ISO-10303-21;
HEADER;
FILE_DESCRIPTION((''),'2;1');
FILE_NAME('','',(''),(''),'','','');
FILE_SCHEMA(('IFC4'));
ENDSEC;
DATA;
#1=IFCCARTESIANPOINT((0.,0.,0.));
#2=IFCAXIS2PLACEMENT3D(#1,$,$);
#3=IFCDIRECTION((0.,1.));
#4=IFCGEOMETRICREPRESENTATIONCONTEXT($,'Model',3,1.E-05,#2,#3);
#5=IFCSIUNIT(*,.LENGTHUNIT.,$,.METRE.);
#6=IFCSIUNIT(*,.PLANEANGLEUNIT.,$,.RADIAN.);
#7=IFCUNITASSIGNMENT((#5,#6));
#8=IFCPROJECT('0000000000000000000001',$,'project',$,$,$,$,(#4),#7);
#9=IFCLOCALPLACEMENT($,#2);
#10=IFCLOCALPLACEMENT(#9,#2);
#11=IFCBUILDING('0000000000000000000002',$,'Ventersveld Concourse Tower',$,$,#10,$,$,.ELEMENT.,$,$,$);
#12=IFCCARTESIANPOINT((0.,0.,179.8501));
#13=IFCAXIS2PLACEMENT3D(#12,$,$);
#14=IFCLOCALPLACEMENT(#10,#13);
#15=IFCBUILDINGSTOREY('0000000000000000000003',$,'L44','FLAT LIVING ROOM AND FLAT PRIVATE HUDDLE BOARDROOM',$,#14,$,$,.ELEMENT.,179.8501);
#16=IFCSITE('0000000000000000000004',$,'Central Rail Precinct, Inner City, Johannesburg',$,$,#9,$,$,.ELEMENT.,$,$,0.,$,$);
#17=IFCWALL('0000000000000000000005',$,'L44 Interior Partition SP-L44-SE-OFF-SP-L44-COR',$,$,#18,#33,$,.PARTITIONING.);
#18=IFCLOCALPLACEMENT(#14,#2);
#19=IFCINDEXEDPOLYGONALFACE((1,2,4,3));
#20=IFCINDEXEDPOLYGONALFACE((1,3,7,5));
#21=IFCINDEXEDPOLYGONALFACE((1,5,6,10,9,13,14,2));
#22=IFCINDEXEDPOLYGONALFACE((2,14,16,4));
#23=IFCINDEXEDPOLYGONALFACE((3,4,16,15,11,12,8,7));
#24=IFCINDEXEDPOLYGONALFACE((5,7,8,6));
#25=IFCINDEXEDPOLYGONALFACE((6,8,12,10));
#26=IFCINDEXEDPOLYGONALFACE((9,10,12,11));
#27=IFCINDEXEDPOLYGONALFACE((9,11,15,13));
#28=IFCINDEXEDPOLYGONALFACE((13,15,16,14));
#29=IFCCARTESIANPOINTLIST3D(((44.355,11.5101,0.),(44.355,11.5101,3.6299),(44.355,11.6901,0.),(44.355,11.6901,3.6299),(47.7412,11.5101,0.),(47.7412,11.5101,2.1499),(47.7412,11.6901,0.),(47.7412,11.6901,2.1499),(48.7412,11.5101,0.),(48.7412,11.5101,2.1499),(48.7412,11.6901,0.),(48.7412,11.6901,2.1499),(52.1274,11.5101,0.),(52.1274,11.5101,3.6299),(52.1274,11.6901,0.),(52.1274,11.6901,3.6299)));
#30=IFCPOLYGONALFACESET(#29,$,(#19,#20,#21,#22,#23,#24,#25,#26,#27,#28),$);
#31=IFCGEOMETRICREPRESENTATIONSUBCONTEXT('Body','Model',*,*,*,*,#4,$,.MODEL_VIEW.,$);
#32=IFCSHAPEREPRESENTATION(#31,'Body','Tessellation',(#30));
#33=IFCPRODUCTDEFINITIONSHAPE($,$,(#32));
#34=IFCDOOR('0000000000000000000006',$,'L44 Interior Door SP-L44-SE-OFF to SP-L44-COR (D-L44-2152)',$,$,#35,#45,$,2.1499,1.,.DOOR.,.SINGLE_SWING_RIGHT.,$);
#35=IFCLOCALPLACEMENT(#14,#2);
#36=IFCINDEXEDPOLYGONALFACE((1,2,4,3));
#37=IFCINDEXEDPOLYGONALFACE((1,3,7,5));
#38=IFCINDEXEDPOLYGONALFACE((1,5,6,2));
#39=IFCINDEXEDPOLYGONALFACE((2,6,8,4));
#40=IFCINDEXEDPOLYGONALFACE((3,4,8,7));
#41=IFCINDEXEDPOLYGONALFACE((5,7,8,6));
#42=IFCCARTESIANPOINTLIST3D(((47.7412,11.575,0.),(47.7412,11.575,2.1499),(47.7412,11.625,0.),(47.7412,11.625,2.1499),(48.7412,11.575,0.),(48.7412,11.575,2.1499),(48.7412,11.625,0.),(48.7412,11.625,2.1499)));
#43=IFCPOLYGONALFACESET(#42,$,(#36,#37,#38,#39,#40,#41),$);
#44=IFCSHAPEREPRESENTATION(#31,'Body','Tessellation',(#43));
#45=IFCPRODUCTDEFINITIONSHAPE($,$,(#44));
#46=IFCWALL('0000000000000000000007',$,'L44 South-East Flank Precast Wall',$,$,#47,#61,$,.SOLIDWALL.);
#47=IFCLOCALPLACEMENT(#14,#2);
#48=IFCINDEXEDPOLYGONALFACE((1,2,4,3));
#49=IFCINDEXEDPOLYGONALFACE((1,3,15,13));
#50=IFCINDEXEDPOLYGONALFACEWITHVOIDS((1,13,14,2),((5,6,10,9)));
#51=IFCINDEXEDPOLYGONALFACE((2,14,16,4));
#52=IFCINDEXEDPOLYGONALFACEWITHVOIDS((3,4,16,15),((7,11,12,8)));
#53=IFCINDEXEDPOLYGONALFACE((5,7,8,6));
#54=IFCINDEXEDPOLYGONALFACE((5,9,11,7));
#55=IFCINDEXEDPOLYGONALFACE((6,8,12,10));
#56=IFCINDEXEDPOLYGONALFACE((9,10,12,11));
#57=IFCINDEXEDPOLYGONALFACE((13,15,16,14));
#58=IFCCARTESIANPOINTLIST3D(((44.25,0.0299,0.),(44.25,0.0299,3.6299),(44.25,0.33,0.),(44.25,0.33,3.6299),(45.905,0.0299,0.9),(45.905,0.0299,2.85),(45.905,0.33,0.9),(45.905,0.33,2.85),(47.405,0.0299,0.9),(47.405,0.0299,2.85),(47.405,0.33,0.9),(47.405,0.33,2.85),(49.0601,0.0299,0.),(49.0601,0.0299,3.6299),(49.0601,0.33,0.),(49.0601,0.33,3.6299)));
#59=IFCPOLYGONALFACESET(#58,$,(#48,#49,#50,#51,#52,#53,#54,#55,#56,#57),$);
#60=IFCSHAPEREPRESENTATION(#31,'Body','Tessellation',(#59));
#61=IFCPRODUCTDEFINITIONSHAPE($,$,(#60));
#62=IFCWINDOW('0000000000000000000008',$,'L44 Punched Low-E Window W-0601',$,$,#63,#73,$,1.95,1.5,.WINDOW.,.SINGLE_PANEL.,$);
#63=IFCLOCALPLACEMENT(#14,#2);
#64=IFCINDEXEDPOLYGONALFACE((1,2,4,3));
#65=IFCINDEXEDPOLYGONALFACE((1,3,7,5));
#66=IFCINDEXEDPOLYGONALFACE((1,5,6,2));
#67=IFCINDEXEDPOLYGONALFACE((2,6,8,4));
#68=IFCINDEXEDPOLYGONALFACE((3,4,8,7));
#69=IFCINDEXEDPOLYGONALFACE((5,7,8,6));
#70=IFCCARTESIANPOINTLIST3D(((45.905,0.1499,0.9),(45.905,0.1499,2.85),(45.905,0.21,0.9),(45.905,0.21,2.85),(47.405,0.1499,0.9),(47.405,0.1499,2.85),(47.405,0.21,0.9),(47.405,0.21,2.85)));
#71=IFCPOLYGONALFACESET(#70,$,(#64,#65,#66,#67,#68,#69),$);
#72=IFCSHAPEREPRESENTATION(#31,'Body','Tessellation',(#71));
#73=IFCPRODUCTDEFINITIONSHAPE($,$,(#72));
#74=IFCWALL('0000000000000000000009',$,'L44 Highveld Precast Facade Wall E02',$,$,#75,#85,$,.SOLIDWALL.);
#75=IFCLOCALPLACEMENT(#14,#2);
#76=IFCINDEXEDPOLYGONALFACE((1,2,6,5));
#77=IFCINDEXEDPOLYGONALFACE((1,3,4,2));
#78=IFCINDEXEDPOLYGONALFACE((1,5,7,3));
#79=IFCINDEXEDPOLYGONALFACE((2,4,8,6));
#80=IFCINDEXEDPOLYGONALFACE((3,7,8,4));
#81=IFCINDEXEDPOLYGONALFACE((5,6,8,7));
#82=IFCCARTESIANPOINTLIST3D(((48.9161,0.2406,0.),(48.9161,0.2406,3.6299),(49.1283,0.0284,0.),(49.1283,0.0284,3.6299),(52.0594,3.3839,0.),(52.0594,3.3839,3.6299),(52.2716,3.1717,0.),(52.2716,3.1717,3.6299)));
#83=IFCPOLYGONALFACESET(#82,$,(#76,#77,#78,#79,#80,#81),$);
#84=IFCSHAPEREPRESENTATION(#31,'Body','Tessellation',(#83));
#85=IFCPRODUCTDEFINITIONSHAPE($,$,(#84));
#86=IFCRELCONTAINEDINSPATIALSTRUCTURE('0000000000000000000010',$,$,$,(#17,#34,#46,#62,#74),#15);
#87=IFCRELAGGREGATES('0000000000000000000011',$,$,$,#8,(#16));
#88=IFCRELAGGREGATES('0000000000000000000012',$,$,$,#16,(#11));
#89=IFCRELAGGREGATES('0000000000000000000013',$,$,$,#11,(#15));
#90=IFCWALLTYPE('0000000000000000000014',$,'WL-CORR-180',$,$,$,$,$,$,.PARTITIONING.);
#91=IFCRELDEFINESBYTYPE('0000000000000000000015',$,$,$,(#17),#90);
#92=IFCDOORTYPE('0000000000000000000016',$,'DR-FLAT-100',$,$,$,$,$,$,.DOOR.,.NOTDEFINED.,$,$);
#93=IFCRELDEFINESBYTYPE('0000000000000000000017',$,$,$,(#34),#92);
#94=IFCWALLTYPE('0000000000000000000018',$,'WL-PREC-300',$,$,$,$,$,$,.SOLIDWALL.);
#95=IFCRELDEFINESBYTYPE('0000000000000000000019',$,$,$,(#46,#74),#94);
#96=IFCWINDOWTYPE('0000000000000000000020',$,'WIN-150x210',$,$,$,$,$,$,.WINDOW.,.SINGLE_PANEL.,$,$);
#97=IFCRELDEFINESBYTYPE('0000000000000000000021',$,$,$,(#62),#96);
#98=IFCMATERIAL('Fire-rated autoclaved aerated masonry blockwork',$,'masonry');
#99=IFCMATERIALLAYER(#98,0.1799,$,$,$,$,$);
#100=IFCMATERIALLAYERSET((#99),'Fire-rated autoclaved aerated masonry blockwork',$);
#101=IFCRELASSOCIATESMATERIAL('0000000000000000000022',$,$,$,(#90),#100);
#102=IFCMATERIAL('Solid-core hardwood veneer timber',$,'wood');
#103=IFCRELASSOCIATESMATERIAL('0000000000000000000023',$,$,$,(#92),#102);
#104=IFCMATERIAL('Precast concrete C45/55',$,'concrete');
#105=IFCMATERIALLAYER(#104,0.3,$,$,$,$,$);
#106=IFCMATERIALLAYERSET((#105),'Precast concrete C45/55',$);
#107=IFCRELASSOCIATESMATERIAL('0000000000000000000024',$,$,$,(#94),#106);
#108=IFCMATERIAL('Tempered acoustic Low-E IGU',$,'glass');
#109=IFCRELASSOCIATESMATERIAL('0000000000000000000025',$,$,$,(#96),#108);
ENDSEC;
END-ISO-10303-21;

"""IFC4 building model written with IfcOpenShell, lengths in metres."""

from ifc_helpers import new_model, si_unit, direction, frame, frame_2d, origin, place, context, subcontext, project, spatial, rectangle, extrude, material, layer, layer_set, type_object, element, fill, save


model = new_model("IFC4")

# Units and contexts
model_context = context("Model", 3, precision=1e-05, world=origin(), true_north=direction((0.0, 1.0)))
body_context = subcontext(model_context, "Body", "Model", "MODEL_VIEW")
ifc_project = project(units=[si_unit("LENGTHUNIT", "METRE"), si_unit("PLANEANGLEUNIT", "RADIAN")], contexts=[model_context])

# Site, building, storey
site_placement = place(None, origin())
site = spatial("IfcSite", under=ifc_project, at=site_placement, Name="Central Rail Precinct, Inner City, Johannesburg", CompositionType="ELEMENT", RefElevation=0.0)
building_placement = place(site_placement, origin())
building = spatial("IfcBuilding", under=site, at=building_placement, Name="Ventersveld Concourse Tower", CompositionType="ELEMENT")
storey_placement = place(building_placement, frame((0.0, 0.0, 179.8501)))
storey = spatial("IfcBuildingStorey", under=building, at=storey_placement, Name="L44", Description="FLAT LIVING ROOM AND FLAT PRIVATE HUDDLE BOARDROOM", CompositionType="ELEMENT", Elevation=179.8501)

# Wall, opening, door
ifc_material_1 = material(Name="Fire-rated autoclaved aerated masonry blockwork", Category="masonry")
ifc_layer_1 = layer(ifc_material_1, 0.1799)
ifc_layer_set_1 = layer_set([ifc_layer_1], Name="Fire-rated autoclaved aerated masonry blockwork")
wall_type_1 = type_object("IfcWallType", Name="WL-CORR-180", PredefinedType="PARTITIONING", material=ifc_layer_set_1)
wall_1_placement = place(storey_placement, frame((44.355, 11.6001, 0.0), z_axis=(0.0, 0.0, 1.0), x_axis=(1.0, 0.0, 0.0)))
wall_1 = element("IfcWall", 1, at=wall_1_placement, inside=storey, type_object=wall_type_1, Name="L44 Interior Partition SP-L44-SE-OFF-SP-L44-COR", PredefinedType="PARTITIONING", context=body_context, shape_type="SweptSolid", body=[
    extrude(rectangle(XDim=7.7725, YDim=0.1799, at=frame_2d((3.8862, 0.0))), origin(), (0.0, 0.0, 1.0), 3.6299),
])
opening_1_placement = place(wall_1_placement, frame((3.3862, 0.0, 0.0)))
opening_1 = element("IfcOpeningElement", 2, at=opening_1_placement, cuts=wall_1, PredefinedType="OPENING", context=body_context, shape_type="SweptSolid", body=[
    extrude(rectangle(XDim=1.0, YDim=2.1499, at=frame_2d((0.5, 1.075))), frame((0.0, 0.1001, 0.0), z_axis=(0.0, -1.0, 0.0), x_axis=(1.0, 0.0, 0.0)), (0.0, 0.0, 1.0), 0.2),
])
ifc_material_2 = material(Name="Solid-core hardwood veneer timber", Category="wood")
door_type = type_object("IfcDoorType", Name="DR-FLAT-100", OperationType="NOTDEFINED", PredefinedType="DOOR", material=ifc_material_2)
door_placement = place(opening_1_placement, origin())
door = element("IfcDoor", 3, at=door_placement, inside=storey, type_object=door_type, Name="L44 Interior Door SP-L44-SE-OFF to SP-L44-COR (D-L44-2152)", OperationType="SINGLE_SWING_RIGHT", OverallHeight=2.1499, OverallWidth=1.0, PredefinedType="DOOR", context=body_context, shape_type="SweptSolid", body=[
    extrude(rectangle(XDim=1.0, YDim=2.1499, at=frame_2d((0.5, 1.075))), frame((0.0, 0.0249, 0.0), z_axis=(0.0, -1.0, 0.0), x_axis=(1.0, 0.0, 0.0)), (0.0, 0.0, 1.0), 0.05),
])
fill(opening_1, door)

# Wall, opening, window
ifc_material_3 = material(Name="Precast concrete C45/55", Category="concrete")
ifc_layer_2 = layer(ifc_material_3, 0.3)
ifc_layer_set_2 = layer_set([ifc_layer_2], Name="Precast concrete C45/55")
wall_type_2 = type_object("IfcWallType", Name="WL-PREC-300", PredefinedType="SOLIDWALL", material=ifc_layer_set_2)
wall_2_placement = place(storey_placement, frame((44.25, 0.1799, 0.0), z_axis=(0.0, 0.0, 1.0), x_axis=(1.0, 0.0, 0.0)))
wall_2 = element("IfcWall", 4, at=wall_2_placement, inside=storey, type_object=wall_type_2, Name="L44 South-East Flank Precast Wall", PredefinedType="SOLIDWALL", context=body_context, shape_type="SweptSolid", body=[
    extrude(rectangle(XDim=4.8101, YDim=0.3, at=frame_2d((2.405, 0.0))), origin(), (0.0, 0.0, 1.0), 3.6299),
])
opening_2_placement = place(wall_2_placement, frame((1.655, 0.0, 0.8999)))
opening_2 = element("IfcOpeningElement", 5, at=opening_2_placement, cuts=wall_2, PredefinedType="OPENING", context=body_context, shape_type="SweptSolid", body=[
    extrude(rectangle(XDim=1.5, YDim=1.95, at=frame_2d((0.75, 0.9751))), frame((0.0, 0.1602, 0.0), z_axis=(0.0, -1.0, 0.0), x_axis=(1.0, 0.0, 0.0)), (0.0, 0.0, 1.0), 0.3201),
])
ifc_material_4 = material(Name="Tempered acoustic Low-E IGU", Category="glass")
window_type_1 = type_object("IfcWindowType", Name="WIN-150x210", PartitioningType="SINGLE_PANEL", PredefinedType="WINDOW", material=ifc_material_4)
window_1_placement = place(opening_2_placement, origin())
window_1 = element("IfcWindow", 6, at=window_1_placement, inside=storey, type_object=window_type_1, Name="L44 Punched Low-E Window W-0601", OverallHeight=1.95, OverallWidth=1.5, PartitioningType="SINGLE_PANEL", PredefinedType="WINDOW", context=body_context, shape_type="SweptSolid", body=[
    extrude(rectangle(XDim=1.5, YDim=1.95, at=frame_2d((0.75, 0.9751))), frame((0.0, 0.03, 0.0), z_axis=(0.0, -1.0, 0.0), x_axis=(1.0, 0.0, 0.0)), (0.0, 0.0, 1.0), 0.0601),
])
fill(opening_2, window_1)

# Wall
wall_3_placement = place(storey_placement, frame((49.0222, 0.1345, 0.0), z_axis=(0.0, 0.0, 1.0), x_axis=(0.707107, 0.707107, 0.0)))
element("IfcWall", 7, at=wall_3_placement, inside=storey, type_object=wall_type_2, Name="L44 Highveld Precast Facade Wall E02", PredefinedType="SOLIDWALL", context=body_context, shape_type="SweptSolid", body=[
    extrude(rectangle(XDim=4.4453, YDim=0.3, at=frame_2d((2.2227, 0.0))), origin(), (0.0, 0.0, 1.0), 3.6299),
])

save(model, "model.ifc")
